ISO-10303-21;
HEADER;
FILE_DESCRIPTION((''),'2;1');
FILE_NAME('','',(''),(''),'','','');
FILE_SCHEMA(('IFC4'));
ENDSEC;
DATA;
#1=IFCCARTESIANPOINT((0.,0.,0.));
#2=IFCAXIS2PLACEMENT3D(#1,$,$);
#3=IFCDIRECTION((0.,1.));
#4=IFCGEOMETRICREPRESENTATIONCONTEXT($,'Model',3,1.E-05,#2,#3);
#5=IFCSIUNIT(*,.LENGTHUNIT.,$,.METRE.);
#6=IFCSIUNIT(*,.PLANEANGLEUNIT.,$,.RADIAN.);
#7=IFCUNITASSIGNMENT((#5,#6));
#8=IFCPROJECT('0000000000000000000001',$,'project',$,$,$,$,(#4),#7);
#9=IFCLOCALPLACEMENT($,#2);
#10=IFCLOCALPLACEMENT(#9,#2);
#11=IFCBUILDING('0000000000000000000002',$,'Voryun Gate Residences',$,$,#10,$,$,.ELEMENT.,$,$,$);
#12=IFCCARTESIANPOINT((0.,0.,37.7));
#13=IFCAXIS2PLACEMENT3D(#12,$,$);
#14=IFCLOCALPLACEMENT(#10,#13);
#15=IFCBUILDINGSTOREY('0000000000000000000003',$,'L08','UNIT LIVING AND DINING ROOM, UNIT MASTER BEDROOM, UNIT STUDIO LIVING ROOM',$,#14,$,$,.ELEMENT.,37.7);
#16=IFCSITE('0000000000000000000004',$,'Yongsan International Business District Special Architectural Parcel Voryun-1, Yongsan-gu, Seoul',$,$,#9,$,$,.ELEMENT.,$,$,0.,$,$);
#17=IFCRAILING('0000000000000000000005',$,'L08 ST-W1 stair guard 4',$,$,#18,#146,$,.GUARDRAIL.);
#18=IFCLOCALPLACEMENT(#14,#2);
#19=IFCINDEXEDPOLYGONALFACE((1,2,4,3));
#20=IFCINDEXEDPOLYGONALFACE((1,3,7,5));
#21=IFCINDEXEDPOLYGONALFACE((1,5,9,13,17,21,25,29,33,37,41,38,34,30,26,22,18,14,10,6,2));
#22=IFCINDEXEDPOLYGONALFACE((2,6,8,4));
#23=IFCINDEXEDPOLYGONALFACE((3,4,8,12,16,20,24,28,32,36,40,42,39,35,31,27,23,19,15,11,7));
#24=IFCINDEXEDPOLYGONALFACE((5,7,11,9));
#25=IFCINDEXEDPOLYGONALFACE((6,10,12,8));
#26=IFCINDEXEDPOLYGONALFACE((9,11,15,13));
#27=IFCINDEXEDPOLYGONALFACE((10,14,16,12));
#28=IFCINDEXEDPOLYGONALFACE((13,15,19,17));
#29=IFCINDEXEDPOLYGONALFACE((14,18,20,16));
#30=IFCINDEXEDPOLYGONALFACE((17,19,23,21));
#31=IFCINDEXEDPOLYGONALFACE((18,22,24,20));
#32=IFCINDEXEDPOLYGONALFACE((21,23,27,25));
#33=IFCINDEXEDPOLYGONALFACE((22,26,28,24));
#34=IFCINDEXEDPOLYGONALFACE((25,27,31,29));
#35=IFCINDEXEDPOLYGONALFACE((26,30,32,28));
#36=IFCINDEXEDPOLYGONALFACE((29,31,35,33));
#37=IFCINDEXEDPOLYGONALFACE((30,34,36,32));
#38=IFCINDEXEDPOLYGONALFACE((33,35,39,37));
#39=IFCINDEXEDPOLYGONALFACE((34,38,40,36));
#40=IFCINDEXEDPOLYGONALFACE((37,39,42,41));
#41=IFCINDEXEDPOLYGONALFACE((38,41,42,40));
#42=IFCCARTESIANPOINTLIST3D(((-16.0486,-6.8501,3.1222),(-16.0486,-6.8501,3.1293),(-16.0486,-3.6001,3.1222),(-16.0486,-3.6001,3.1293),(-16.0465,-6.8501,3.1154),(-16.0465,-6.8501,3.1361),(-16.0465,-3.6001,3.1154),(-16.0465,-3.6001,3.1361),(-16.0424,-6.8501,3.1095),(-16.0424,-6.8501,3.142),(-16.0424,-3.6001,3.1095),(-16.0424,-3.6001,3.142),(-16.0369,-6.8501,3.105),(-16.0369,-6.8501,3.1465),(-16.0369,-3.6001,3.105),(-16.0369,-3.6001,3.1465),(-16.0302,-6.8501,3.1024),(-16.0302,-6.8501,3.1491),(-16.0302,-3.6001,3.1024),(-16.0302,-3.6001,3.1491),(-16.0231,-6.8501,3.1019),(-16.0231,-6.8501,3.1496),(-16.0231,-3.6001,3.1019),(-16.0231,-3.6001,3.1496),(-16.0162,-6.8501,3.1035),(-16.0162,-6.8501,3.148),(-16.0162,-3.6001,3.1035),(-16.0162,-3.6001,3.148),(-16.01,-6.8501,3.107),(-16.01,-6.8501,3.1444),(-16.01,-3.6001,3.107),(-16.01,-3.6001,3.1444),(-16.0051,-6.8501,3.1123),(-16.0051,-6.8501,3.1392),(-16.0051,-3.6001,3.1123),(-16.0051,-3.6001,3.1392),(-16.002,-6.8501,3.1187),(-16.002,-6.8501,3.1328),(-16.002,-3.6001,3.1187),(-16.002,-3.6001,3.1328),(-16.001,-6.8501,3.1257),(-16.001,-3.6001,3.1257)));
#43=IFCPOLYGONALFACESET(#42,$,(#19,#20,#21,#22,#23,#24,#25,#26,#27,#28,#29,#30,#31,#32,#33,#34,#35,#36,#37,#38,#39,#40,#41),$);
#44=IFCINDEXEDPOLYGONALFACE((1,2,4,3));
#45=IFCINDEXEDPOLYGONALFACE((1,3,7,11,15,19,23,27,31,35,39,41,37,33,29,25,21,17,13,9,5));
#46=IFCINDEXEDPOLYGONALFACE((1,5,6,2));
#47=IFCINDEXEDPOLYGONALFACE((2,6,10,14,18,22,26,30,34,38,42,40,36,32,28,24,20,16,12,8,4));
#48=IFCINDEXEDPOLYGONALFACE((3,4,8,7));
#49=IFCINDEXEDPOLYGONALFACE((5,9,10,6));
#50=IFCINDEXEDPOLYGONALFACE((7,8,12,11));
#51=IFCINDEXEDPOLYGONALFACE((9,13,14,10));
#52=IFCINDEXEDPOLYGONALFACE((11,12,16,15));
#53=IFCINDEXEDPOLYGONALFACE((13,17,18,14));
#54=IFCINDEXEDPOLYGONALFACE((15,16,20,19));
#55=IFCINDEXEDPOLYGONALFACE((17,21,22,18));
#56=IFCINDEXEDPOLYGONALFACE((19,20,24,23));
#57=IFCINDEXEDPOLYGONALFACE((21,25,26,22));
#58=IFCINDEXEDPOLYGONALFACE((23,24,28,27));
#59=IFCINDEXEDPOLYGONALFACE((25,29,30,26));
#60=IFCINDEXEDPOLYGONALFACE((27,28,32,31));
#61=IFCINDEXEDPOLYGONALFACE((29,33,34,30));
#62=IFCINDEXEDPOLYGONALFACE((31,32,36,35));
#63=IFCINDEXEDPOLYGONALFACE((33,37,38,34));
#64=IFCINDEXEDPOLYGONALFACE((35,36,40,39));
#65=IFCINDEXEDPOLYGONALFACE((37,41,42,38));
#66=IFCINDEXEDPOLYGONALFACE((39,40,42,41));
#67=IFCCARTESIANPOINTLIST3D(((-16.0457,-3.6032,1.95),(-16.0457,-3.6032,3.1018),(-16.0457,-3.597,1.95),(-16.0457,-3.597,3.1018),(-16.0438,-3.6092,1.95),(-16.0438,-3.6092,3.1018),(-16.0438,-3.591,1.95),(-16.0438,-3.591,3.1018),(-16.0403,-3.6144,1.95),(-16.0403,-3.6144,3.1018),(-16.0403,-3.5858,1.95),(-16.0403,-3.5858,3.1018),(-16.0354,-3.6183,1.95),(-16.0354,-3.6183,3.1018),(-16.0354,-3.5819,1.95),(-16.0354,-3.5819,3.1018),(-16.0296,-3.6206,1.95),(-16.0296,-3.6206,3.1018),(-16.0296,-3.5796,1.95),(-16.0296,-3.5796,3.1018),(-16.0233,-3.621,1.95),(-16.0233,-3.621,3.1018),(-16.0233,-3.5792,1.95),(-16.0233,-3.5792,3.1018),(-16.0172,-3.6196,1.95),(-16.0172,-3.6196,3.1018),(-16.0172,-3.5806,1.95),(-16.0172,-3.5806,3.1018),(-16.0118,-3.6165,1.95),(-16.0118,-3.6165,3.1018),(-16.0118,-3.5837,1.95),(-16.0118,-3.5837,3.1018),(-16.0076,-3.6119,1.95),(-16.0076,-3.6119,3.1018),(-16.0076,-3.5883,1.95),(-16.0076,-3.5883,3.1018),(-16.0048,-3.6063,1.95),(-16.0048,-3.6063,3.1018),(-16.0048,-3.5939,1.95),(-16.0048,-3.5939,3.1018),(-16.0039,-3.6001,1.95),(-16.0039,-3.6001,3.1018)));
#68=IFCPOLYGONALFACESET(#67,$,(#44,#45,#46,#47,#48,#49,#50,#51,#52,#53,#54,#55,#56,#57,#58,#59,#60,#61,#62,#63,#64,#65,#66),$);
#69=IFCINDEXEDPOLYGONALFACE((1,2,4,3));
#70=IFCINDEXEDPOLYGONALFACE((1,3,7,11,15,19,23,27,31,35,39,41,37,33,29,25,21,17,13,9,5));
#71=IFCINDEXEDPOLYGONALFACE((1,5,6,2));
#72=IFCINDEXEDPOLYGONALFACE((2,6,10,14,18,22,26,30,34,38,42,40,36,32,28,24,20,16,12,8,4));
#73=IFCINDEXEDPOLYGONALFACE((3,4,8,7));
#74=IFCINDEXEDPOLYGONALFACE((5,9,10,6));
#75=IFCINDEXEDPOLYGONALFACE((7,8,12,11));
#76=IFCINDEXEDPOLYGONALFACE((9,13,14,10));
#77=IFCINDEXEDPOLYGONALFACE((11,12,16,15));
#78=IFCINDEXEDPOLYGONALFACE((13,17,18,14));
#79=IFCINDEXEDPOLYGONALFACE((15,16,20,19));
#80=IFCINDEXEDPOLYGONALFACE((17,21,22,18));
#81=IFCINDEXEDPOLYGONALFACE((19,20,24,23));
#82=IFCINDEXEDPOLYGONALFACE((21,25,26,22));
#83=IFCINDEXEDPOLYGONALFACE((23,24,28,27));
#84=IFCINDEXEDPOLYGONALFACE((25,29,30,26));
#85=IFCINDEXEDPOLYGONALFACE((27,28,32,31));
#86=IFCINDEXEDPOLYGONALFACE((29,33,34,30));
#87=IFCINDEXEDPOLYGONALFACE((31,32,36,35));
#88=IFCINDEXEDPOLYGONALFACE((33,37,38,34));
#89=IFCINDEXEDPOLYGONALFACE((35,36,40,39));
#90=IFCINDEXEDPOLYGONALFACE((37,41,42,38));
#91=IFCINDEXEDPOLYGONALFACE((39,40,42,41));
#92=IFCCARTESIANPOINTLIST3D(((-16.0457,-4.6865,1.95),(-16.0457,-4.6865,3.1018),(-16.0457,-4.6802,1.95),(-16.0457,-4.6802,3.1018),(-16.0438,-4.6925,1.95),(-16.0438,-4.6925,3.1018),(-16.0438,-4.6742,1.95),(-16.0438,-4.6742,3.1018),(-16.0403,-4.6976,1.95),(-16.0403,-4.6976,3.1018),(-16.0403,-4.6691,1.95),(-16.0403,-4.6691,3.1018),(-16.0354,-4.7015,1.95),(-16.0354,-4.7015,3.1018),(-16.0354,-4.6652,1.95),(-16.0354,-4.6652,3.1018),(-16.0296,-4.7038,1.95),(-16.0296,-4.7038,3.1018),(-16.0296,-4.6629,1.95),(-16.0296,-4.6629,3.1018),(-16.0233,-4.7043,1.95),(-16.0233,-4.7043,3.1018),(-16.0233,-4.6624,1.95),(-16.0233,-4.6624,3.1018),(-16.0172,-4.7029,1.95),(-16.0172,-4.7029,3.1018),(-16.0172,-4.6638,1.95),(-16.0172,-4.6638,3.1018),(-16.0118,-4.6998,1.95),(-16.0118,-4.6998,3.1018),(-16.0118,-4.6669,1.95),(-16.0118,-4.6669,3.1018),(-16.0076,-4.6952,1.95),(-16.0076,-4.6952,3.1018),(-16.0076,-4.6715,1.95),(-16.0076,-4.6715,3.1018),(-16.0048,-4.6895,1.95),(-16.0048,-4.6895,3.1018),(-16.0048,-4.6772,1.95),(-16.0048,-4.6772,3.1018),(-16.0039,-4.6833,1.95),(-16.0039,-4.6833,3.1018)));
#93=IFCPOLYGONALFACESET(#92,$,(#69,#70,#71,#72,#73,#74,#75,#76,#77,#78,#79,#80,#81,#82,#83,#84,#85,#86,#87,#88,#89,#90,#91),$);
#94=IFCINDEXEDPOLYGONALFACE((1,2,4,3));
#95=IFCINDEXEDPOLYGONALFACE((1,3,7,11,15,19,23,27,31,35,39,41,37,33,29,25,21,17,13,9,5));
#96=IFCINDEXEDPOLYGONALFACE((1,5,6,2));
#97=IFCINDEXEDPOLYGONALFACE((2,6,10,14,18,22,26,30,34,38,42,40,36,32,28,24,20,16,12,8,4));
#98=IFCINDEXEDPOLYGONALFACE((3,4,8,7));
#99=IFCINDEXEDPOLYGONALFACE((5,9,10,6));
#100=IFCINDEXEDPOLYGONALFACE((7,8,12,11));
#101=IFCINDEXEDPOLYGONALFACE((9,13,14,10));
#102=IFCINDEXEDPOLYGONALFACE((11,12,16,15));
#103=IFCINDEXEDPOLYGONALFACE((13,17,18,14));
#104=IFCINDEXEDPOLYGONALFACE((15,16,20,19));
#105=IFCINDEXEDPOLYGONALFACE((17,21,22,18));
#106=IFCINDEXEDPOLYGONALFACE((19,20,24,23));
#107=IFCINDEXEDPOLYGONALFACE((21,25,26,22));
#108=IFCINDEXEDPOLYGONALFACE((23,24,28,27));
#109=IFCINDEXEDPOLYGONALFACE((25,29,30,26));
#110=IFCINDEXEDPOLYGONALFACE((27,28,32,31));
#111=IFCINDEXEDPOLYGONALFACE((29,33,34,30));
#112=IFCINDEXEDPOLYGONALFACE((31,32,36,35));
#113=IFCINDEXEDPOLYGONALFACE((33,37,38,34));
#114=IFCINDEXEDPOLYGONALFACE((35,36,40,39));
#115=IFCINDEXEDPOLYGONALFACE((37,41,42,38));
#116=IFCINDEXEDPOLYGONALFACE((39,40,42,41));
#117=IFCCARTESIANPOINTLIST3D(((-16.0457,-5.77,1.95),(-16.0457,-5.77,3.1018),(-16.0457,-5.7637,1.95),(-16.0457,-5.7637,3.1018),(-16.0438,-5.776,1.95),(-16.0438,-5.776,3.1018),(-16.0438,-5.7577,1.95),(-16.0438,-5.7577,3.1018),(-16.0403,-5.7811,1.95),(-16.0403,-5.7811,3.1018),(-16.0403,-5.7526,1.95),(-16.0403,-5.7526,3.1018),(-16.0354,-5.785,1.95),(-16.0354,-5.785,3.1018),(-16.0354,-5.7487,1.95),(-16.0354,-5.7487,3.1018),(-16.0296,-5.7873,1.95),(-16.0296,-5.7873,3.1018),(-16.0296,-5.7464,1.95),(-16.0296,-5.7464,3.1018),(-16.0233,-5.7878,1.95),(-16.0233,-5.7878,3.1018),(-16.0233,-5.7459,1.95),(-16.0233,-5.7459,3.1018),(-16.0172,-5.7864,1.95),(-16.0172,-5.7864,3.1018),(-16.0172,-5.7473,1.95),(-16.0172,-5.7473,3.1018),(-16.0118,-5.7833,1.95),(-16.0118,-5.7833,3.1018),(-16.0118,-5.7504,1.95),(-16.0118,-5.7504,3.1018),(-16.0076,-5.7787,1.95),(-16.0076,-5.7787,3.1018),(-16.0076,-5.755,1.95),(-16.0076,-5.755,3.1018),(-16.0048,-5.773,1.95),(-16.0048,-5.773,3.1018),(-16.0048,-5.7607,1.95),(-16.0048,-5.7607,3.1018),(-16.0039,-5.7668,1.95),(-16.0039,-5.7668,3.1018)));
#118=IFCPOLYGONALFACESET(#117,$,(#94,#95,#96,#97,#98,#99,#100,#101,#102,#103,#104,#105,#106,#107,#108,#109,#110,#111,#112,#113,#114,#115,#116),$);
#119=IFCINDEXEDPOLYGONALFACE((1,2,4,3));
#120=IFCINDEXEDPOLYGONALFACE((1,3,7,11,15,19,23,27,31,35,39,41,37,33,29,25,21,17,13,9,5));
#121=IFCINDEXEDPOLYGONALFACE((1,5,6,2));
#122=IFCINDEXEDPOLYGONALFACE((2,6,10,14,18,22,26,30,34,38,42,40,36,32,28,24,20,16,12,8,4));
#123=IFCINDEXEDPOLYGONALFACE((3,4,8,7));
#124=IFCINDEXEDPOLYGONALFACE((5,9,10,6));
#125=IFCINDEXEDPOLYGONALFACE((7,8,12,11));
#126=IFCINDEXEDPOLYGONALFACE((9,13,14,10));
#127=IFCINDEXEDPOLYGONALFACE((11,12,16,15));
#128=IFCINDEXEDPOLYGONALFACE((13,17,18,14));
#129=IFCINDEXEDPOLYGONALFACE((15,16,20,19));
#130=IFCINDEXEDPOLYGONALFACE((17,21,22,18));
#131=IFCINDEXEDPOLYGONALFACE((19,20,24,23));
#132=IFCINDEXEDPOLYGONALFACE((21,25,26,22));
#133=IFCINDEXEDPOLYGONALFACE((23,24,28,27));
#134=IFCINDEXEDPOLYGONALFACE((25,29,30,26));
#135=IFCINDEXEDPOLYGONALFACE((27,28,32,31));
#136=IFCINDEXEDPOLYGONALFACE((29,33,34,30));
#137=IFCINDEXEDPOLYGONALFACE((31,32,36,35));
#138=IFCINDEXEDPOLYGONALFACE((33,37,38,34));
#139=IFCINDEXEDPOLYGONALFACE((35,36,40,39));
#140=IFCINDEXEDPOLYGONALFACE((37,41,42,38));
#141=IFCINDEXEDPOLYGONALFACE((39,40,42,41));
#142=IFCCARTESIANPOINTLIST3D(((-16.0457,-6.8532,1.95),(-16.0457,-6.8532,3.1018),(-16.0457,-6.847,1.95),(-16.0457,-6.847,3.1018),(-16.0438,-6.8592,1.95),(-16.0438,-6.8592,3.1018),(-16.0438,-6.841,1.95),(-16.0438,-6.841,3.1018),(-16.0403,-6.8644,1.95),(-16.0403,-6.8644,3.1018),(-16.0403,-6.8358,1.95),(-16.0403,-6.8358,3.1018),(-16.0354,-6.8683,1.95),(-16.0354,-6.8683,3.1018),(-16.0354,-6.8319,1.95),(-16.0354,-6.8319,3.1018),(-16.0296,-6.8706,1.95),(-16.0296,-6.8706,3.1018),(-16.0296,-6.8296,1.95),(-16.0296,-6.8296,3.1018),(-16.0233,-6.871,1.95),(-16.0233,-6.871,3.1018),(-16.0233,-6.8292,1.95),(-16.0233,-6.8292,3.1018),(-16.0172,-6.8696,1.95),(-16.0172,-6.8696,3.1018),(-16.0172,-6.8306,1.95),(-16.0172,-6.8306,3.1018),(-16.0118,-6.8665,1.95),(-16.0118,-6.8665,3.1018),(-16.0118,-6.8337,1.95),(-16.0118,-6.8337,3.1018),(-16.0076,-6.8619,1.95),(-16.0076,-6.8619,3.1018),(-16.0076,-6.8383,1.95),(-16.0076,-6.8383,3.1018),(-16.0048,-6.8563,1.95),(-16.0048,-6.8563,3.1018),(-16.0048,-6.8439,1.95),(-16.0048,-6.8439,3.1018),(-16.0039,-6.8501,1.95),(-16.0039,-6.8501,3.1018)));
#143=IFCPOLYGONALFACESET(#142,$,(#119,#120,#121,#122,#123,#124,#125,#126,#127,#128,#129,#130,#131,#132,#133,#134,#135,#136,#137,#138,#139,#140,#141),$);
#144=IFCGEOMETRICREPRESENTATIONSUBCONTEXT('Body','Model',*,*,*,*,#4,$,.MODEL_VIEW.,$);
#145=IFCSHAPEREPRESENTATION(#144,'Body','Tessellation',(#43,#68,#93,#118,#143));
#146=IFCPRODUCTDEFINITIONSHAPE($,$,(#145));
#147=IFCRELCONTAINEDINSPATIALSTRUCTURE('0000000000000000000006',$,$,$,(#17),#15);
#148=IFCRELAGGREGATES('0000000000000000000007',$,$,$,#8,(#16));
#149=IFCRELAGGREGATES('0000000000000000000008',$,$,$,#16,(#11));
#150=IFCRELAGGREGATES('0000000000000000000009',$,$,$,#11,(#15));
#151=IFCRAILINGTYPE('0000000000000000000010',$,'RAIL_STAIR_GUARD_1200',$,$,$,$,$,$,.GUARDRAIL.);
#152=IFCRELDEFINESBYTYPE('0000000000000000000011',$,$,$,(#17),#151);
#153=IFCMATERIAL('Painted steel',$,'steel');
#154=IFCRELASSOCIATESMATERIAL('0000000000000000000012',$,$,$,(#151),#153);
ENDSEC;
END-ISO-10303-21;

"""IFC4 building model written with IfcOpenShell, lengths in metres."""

from ifc_helpers import new_model, si_unit, direction, frame, origin, origin_2d, place, context, subcontext, project, spatial, circle, extrude, material, type_object, element, save


model = new_model("IFC4")

# Units and contexts
model_context = context("Model", 3, precision=1e-05, world=origin(), true_north=direction((0.0, 1.0)))
body_context = subcontext(model_context, "Body", "Model", "MODEL_VIEW")
ifc_project = project(units=[si_unit("LENGTHUNIT", "METRE"), si_unit("PLANEANGLEUNIT", "RADIAN")], contexts=[model_context])

# Site, building, storey
site_placement = place(None, origin())
site = spatial("IfcSite", under=ifc_project, at=site_placement, Name="Yongsan International Business District Special Architectural Parcel Voryun-1, Yongsan-gu, Seoul", CompositionType="ELEMENT", RefElevation=0.0)
building_placement = place(site_placement, origin())
building = spatial("IfcBuilding", under=site, at=building_placement, Name="Voryun Gate Residences", CompositionType="ELEMENT")
storey_placement = place(building_placement, frame((0.0, 0.0, 37.7)))
storey = spatial("IfcBuildingStorey", under=building, at=storey_placement, Name="L08", Description="UNIT LIVING AND DINING ROOM, UNIT MASTER BEDROOM, UNIT STUDIO LIVING ROOM", CompositionType="ELEMENT", Elevation=37.7)

# Railing
ifc_material_1 = material(Name="Painted steel", Category="steel")
railing_type_1 = type_object("IfcRailingType", Name="RAIL_STAIR_GUARD_1200", PredefinedType="GUARDRAIL", material=ifc_material_1)
for number, where, name in (
    (1, (-16.0249, -3.6001, 1.95), "L08 ST-W1 stair guard 4"),
):
    element("IfcRailing", number, at=place(storey_placement, frame(where)), inside=storey, type_object=railing_type_1, Name=name, PredefinedType="GUARDRAIL", context=body_context, shape_type="SweptSolid", body=[
        extrude(circle(Radius=0.0239, at=origin_2d()), frame((0.0, 0.0, 1.1758), z_axis=(0.0, -1.0, 0.0), x_axis=(1.0, 0.0, 0.0)), (0.0, 0.0, 1.0), 3.25),
        extrude(circle(Radius=0.021, at=origin_2d()), origin(), (0.0, 0.0, 1.0), 1.1519),
        extrude(circle(Radius=0.021, at=origin_2d()), frame((0.0, -1.0833, 0.0)), (0.0, 0.0, 1.0), 1.1519),
        extrude(circle(Radius=0.021, at=origin_2d()), frame((0.0, -2.1667, 0.0)), (0.0, 0.0, 1.0), 1.1519),
        extrude(circle(Radius=0.021, at=origin_2d()), frame((0.0, -3.25, 0.0)), (0.0, 0.0, 1.0), 1.1519),
    ])

save(model, "model.ifc")
